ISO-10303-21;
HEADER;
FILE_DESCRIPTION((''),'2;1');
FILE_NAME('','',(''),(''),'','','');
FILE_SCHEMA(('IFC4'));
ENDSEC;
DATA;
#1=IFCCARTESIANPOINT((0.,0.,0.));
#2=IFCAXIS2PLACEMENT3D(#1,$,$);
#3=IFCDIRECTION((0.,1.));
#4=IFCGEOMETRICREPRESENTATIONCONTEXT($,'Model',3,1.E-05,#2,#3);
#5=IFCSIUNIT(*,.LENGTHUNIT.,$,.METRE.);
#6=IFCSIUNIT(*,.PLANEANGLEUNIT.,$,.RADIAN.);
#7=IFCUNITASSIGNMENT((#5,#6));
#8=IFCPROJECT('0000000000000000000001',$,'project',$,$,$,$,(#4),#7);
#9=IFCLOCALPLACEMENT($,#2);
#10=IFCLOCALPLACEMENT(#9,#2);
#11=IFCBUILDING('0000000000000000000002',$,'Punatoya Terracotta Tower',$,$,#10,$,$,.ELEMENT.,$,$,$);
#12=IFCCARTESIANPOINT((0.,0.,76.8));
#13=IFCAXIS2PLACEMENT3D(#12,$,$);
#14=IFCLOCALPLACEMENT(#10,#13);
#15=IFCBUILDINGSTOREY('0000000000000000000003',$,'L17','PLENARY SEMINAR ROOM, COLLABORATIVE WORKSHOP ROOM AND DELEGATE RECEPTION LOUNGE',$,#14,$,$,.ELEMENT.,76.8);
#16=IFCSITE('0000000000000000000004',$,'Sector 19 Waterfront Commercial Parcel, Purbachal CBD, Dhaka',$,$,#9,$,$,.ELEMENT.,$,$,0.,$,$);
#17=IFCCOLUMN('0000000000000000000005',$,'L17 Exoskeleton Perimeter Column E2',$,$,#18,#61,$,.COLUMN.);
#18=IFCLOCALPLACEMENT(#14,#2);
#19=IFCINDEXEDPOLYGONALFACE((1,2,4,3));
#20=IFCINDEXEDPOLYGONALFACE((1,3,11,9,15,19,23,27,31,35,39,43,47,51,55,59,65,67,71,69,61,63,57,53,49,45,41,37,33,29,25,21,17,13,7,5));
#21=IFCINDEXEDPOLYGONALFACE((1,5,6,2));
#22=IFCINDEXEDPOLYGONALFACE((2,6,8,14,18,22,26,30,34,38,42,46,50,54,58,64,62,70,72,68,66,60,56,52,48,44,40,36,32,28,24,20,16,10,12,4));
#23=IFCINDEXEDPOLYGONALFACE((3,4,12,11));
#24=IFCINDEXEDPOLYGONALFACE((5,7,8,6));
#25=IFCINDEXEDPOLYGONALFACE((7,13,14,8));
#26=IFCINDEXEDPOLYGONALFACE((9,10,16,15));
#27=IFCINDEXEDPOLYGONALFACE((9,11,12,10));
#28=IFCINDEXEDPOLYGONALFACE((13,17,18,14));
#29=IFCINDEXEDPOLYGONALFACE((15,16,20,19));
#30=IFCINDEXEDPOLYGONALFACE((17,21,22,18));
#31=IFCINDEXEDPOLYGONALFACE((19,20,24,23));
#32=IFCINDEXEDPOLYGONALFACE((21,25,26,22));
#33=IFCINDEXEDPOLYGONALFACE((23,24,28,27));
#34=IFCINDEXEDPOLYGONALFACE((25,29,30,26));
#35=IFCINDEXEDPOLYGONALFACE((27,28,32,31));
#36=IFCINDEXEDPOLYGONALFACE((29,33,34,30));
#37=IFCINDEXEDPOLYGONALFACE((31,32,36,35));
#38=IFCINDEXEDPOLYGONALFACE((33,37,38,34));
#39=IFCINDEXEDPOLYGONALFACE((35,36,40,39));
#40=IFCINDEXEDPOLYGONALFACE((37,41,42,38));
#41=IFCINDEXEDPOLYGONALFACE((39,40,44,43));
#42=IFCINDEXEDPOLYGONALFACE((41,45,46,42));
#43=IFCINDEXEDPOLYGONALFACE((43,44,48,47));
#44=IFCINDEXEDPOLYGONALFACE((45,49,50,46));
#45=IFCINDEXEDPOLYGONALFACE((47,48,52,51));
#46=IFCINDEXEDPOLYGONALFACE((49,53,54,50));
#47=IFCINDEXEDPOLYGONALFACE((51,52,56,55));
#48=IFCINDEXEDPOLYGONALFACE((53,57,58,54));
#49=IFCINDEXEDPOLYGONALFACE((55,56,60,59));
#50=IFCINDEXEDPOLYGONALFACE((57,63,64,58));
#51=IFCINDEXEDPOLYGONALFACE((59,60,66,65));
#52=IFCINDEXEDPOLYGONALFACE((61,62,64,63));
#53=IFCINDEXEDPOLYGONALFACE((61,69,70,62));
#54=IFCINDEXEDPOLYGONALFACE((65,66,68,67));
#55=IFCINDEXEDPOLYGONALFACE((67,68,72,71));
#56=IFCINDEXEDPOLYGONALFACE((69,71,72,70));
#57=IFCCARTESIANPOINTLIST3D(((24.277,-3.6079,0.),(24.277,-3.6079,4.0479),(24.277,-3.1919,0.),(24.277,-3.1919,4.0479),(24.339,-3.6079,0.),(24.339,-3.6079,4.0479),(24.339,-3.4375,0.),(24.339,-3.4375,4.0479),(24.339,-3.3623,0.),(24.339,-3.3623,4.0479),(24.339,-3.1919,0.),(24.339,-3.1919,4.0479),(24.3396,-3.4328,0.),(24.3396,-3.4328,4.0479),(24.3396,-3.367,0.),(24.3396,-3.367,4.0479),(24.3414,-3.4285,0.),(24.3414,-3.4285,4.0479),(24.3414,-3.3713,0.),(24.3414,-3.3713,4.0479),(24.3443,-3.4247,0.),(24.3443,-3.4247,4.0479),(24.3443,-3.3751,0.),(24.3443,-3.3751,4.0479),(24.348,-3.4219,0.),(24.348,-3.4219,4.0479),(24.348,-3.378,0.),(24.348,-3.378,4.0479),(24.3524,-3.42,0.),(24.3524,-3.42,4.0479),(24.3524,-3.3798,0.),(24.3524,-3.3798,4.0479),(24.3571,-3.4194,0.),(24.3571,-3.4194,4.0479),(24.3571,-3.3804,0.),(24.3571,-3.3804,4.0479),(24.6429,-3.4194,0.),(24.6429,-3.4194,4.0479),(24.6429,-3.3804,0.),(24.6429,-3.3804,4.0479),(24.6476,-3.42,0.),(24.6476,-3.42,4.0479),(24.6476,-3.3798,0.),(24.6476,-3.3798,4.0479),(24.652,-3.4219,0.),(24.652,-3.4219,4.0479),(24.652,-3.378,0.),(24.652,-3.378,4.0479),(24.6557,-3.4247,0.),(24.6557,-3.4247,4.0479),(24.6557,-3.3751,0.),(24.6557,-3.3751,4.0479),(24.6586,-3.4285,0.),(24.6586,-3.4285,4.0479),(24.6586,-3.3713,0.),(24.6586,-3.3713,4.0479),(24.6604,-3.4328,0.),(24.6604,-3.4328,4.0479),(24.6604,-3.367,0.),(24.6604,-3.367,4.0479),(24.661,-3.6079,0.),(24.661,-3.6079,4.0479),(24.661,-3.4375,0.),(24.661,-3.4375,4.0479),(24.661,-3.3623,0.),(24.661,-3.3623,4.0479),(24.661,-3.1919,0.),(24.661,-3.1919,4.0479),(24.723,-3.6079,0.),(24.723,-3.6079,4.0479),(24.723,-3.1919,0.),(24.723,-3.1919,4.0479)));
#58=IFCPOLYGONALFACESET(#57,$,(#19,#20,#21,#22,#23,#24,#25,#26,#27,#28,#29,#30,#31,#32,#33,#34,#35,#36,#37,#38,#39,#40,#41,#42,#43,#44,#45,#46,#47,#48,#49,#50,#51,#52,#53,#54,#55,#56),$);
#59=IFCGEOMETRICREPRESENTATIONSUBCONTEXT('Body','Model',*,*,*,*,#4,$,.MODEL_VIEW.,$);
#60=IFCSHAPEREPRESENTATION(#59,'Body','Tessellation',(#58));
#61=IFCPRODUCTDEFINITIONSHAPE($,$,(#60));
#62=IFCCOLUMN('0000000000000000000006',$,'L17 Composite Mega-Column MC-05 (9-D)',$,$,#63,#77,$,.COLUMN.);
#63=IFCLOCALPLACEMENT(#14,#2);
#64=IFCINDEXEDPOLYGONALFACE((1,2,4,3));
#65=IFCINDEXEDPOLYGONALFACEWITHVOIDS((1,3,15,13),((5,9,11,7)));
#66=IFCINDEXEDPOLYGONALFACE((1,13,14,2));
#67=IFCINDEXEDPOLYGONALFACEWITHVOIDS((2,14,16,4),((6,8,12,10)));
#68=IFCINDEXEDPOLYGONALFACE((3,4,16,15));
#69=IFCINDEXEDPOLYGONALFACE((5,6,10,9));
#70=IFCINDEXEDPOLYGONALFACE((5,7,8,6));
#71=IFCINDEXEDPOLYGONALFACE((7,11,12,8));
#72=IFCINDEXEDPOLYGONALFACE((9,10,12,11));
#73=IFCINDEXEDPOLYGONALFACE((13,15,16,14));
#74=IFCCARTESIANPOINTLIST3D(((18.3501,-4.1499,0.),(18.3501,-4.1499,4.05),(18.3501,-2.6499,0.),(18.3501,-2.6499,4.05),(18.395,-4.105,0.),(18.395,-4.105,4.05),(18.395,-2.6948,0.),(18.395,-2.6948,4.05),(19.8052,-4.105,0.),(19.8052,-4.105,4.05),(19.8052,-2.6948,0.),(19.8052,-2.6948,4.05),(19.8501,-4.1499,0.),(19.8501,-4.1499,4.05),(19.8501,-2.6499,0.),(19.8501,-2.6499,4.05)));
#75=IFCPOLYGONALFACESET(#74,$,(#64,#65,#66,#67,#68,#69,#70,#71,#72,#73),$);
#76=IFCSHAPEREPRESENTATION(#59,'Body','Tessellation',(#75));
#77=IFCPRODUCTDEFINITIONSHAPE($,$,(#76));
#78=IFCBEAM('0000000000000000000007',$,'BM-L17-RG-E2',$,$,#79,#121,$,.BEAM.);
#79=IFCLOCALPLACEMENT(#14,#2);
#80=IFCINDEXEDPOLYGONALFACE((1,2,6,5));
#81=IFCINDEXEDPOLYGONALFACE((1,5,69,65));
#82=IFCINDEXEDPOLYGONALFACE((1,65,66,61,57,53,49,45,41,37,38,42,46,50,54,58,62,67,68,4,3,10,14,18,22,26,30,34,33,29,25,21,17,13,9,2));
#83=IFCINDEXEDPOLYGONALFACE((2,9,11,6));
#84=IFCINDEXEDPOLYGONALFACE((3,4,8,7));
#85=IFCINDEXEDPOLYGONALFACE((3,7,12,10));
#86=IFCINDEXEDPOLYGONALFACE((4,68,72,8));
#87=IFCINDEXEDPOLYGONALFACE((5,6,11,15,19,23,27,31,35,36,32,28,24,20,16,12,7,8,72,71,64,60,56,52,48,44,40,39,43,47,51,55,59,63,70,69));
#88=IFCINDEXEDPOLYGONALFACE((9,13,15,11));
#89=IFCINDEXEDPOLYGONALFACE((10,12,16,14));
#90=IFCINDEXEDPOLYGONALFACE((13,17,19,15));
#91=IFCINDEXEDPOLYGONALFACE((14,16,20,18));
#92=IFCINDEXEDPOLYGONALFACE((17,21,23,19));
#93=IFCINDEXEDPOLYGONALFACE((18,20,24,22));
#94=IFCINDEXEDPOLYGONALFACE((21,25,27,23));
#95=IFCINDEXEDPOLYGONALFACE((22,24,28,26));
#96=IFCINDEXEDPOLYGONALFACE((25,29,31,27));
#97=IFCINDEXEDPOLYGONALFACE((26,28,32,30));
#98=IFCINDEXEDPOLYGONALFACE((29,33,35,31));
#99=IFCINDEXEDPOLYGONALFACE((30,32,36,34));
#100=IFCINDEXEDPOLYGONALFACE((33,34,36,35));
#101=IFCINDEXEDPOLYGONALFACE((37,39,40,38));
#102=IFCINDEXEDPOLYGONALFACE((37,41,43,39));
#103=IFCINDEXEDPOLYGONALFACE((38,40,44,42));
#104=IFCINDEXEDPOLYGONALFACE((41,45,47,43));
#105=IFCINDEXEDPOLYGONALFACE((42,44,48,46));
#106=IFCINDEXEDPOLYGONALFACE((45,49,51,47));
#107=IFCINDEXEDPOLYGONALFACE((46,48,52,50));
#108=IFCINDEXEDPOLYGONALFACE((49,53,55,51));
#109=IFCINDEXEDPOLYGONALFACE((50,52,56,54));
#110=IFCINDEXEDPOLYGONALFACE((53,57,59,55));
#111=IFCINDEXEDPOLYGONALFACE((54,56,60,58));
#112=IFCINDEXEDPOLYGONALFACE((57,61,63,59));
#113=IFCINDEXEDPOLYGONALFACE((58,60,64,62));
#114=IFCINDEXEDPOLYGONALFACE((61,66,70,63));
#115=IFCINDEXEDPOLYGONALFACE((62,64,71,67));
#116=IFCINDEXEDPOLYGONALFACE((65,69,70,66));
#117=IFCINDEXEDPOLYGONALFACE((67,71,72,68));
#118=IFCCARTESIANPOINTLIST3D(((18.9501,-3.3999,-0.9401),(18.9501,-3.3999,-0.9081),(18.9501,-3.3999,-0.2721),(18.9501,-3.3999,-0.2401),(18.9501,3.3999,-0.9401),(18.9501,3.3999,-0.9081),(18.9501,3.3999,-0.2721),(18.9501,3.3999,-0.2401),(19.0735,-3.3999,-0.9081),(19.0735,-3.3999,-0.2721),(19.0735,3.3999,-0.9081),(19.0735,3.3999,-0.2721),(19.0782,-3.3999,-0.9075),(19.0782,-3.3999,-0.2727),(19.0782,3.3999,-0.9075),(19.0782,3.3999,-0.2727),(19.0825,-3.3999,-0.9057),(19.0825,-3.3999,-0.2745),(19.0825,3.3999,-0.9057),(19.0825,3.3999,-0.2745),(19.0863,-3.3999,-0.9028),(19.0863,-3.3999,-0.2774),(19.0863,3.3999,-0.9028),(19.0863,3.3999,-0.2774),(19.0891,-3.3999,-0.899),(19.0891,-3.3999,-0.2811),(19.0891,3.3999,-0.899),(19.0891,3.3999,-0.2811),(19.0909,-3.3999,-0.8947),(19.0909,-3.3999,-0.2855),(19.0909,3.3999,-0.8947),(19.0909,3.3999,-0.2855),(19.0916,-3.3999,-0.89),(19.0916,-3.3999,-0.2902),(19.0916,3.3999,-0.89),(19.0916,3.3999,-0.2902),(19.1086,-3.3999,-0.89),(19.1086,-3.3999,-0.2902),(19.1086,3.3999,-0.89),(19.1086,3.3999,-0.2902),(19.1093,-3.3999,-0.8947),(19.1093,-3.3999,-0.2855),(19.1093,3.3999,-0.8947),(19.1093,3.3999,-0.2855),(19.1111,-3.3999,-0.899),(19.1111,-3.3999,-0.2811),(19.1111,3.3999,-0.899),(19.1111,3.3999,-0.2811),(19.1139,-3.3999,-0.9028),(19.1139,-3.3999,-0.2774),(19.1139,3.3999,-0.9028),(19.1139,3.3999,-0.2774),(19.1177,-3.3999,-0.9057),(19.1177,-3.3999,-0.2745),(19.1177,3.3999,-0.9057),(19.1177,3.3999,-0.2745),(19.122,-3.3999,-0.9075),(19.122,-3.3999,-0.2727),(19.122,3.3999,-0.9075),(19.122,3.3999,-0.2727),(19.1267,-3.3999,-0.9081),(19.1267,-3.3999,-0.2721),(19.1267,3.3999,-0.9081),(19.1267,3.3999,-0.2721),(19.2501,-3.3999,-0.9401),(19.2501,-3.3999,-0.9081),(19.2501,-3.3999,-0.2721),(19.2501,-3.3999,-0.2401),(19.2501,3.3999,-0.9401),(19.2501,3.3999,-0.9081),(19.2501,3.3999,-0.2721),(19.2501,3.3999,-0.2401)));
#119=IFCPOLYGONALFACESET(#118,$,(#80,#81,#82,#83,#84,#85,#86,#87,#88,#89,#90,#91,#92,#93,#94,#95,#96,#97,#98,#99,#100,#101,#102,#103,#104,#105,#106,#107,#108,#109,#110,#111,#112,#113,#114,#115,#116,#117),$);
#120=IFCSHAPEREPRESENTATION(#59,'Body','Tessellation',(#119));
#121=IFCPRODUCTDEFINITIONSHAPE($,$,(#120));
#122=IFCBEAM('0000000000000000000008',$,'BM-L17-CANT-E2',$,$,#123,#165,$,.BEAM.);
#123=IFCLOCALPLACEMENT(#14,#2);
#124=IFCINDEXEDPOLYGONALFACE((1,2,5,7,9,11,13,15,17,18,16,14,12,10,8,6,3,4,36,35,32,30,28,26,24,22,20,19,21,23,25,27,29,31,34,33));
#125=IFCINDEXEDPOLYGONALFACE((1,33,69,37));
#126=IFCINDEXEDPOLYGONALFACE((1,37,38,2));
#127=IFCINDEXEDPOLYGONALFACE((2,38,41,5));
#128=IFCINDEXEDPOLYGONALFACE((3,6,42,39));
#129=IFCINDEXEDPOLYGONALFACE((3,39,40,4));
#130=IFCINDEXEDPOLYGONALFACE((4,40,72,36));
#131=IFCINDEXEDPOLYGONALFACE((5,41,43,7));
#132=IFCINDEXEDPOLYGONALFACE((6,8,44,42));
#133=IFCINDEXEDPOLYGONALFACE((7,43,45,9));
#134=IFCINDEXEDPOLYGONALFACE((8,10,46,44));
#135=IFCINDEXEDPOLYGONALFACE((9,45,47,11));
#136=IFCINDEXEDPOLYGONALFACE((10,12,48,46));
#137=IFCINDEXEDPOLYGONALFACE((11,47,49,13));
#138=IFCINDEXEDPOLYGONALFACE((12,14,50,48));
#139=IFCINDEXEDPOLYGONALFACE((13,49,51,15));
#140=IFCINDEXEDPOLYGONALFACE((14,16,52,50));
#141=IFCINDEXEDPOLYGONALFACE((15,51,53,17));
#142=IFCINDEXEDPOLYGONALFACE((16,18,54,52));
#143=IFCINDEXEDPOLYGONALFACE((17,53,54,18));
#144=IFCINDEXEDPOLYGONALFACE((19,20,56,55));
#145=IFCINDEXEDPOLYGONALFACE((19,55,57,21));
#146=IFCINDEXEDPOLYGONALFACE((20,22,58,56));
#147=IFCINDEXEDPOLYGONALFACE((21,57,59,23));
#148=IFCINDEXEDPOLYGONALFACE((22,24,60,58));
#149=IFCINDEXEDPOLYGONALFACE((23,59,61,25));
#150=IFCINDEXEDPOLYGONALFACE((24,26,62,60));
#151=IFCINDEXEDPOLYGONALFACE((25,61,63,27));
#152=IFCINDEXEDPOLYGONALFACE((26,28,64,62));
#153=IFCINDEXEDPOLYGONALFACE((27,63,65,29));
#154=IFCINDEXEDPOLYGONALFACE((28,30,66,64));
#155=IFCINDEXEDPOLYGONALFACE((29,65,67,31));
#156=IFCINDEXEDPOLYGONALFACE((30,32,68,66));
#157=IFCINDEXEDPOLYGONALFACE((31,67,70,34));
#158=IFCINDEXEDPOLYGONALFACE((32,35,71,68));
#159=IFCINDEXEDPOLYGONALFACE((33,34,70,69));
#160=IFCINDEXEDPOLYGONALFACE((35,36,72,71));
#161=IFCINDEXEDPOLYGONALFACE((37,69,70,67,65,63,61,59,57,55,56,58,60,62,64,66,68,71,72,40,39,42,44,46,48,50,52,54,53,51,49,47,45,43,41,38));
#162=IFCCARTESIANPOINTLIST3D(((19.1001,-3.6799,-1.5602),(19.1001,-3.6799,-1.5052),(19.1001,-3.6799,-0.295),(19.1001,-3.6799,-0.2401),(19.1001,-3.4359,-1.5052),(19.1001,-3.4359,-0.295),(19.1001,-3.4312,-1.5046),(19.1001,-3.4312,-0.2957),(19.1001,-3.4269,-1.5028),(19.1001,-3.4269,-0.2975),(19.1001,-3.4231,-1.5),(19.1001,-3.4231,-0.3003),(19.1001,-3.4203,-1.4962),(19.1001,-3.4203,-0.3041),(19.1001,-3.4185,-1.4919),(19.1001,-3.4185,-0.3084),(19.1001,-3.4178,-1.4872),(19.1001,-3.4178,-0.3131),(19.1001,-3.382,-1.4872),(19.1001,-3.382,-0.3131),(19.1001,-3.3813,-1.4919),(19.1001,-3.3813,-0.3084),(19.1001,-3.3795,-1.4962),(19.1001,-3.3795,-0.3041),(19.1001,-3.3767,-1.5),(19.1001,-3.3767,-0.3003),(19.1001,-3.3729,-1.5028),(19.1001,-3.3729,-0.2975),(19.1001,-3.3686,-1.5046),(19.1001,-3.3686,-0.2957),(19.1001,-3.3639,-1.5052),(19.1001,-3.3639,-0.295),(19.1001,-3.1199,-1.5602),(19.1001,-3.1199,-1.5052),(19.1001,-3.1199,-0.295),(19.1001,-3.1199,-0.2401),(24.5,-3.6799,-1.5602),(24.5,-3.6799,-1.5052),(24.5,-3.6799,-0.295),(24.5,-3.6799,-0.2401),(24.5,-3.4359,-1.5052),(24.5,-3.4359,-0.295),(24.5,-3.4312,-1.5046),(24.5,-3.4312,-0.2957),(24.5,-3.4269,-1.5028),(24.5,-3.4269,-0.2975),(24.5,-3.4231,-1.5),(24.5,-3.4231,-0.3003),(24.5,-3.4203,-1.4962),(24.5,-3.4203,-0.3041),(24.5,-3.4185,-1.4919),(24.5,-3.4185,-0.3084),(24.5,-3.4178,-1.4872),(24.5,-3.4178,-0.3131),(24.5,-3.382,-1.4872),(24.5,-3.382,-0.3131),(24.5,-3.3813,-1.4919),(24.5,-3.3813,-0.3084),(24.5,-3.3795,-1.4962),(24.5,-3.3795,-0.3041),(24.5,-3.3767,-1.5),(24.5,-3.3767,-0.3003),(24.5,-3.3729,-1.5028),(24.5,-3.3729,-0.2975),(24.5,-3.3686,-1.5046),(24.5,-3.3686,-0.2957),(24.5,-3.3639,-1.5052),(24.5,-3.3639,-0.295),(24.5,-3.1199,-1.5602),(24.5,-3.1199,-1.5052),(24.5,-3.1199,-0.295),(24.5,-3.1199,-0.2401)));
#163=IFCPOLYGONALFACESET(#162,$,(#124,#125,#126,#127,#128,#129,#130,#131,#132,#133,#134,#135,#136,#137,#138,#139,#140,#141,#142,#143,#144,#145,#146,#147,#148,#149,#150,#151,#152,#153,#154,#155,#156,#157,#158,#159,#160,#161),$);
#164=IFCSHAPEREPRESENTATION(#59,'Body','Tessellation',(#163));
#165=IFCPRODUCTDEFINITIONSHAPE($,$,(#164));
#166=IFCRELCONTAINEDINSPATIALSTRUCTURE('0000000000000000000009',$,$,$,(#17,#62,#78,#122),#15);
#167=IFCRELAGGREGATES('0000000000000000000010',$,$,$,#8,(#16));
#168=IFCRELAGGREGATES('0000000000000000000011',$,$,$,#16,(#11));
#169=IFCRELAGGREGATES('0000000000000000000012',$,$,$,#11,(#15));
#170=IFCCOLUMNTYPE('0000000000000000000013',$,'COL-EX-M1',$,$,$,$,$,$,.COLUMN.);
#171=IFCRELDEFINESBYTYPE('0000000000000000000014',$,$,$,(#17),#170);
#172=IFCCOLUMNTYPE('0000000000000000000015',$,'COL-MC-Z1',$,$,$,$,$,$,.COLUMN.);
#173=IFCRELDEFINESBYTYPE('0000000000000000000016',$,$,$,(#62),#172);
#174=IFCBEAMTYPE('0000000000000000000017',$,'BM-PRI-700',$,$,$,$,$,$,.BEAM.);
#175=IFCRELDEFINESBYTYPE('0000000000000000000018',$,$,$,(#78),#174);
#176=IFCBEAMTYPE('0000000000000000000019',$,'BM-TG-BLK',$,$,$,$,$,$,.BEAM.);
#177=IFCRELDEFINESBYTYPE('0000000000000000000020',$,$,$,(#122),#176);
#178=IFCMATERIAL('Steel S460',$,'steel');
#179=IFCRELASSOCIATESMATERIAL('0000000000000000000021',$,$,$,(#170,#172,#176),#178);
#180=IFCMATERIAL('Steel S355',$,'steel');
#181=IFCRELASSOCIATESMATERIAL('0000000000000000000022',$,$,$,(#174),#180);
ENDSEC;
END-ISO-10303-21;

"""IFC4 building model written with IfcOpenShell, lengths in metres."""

from ifc_helpers import new_model, si_unit, direction, frame, origin, origin_2d, place, context, subcontext, project, spatial, hollow_rectangle, i_section, extrude, material, material_profile, profile_set, type_object, element, save


model = new_model("IFC4")

# Units and contexts
model_context = context("Model", 3, precision=1e-05, world=origin(), true_north=direction((0.0, 1.0)))
body_context = subcontext(model_context, "Body", "Model", "MODEL_VIEW")
ifc_project = project(units=[si_unit("LENGTHUNIT", "METRE"), si_unit("PLANEANGLEUNIT", "RADIAN")], contexts=[model_context])

# Site, building, storey
site_placement = place(None, origin())
site = spatial("IfcSite", under=ifc_project, at=site_placement, Name="Sector 19 Waterfront Commercial Parcel, Purbachal CBD, Dhaka", CompositionType="ELEMENT", RefElevation=0.0)
building_placement = place(site_placement, origin())
building = spatial("IfcBuilding", under=site, at=building_placement, Name="Punatoya Terracotta Tower", CompositionType="ELEMENT")
storey_placement = place(building_placement, frame((0.0, 0.0, 76.8)))
storey = spatial("IfcBuildingStorey", under=building, at=storey_placement, Name="L17", Description="PLENARY SEMINAR ROOM, COLLABORATIVE WORKSHOP ROOM AND DELEGATE RECEPTION LOUNGE", CompositionType="ELEMENT", Elevation=76.8)

# Columns
ifc_material_1 = material(Name="Steel S460", Category="steel")
ifc_material_profile_1 = material_profile(ifc_material_1, i_section(OverallWidth=0.416, OverallDepth=0.446, WebThickness=0.0391, FlangeThickness=0.062, FilletRadius=0.0181, at=origin_2d()))
ifc_profile_set_1 = profile_set([ifc_material_profile_1], Name="Steel S460")
column_type_1 = type_object("IfcColumnType", Name="COL-EX-M1", PredefinedType="COLUMN", material=ifc_profile_set_1)
column_1_placement = place(storey_placement, frame((24.5, -3.3999, 0.0), z_axis=(0.0, 0.0, 1.0), x_axis=(0.0, 1.0, 0.0)))
element("IfcColumn", 1, at=column_1_placement, inside=storey, type_object=column_type_1, Name="L17 Exoskeleton Perimeter Column E2", PredefinedType="COLUMN", context=body_context, shape_type="SweptSolid", body=[
    extrude(i_section(OverallWidth=0.416, OverallDepth=0.446, WebThickness=0.0391, FlangeThickness=0.062, FilletRadius=0.0181, at=origin_2d()), origin(), (0.0, 0.0, 1.0), 4.0479),
])
ifc_material_profile_2 = material_profile(ifc_material_1, hollow_rectangle(XDim=1.5, YDim=1.5, WallThickness=0.0449, at=origin_2d()))
ifc_profile_set_2 = profile_set([ifc_material_profile_2], Name="Steel S460")
column_type_2 = type_object("IfcColumnType", Name="COL-MC-Z1", PredefinedType="COLUMN", material=ifc_profile_set_2)
column_2_placement = place(storey_placement, frame((19.1001, -3.3999, 0.0), z_axis=(0.0, 0.0, 1.0), x_axis=(1.0, 0.0, 0.0)))
element("IfcColumn", 2, at=column_2_placement, inside=storey, type_object=column_type_2, Name="L17 Composite Mega-Column MC-05 (9-D)", PredefinedType="COLUMN", context=body_context, shape_type="SweptSolid", body=[
    extrude(hollow_rectangle(XDim=1.5, YDim=1.5, WallThickness=0.0449, at=origin_2d()), origin(), (0.0, 0.0, 1.0), 4.05),
])

# Beams
ifc_material_2 = material(Name="Steel S355", Category="steel")
ifc_material_profile_3 = material_profile(ifc_material_2, i_section(OverallWidth=0.3, OverallDepth=0.7, WebThickness=0.0171, FlangeThickness=0.032, FilletRadius=0.0181, at=origin_2d()))
ifc_profile_set_3 = profile_set([ifc_material_profile_3], Name="Steel S355")
beam_type_1 = type_object("IfcBeamType", Name="BM-PRI-700", PredefinedType="BEAM", material=ifc_profile_set_3)
beam_1_placement = place(storey_placement, frame((19.1001, -3.3999, -0.5901), z_axis=(0.0, 1.0, 0.0), x_axis=(-1.0, 0.0, 0.0)))
element("IfcBeam", 3, at=beam_1_placement, inside=storey, type_object=beam_type_1, Name="BM-L17-RG-E2", PredefinedType="BEAM", context=body_context, shape_type="SweptSolid", body=[
    extrude(i_section(OverallWidth=0.3, OverallDepth=0.7, WebThickness=0.0171, FlangeThickness=0.032, FilletRadius=0.0181, at=origin_2d()), origin(), (0.0, 0.0, 1.0), 6.7998),
])
ifc_material_profile_4 = material_profile(ifc_material_1, i_section(OverallWidth=0.5601, OverallDepth=1.3201, WebThickness=0.0359, FlangeThickness=0.0549, FilletRadius=0.0181, at=origin_2d()))
ifc_profile_set_4 = profile_set([ifc_material_profile_4], Name="Steel S460")
beam_type_2 = type_object("IfcBeamType", Name="BM-TG-BLK", PredefinedType="BEAM", material=ifc_profile_set_4)
beam_2_placement = place(storey_placement, frame((19.1001, -3.3999, -0.9001), z_axis=(1.0, 0.0, 0.0), x_axis=(0.0, 1.0, 0.0)))
element("IfcBeam", 4, at=beam_2_placement, inside=storey, type_object=beam_type_2, Name="BM-L17-CANT-E2", PredefinedType="BEAM", context=body_context, shape_type="SweptSolid", body=[
    extrude(i_section(OverallWidth=0.5601, OverallDepth=1.3201, WebThickness=0.0359, FlangeThickness=0.0549, FilletRadius=0.0181, at=origin_2d()), origin(), (0.0, 0.0, 1.0), 5.3999),
])

save(model, "model.ifc")
